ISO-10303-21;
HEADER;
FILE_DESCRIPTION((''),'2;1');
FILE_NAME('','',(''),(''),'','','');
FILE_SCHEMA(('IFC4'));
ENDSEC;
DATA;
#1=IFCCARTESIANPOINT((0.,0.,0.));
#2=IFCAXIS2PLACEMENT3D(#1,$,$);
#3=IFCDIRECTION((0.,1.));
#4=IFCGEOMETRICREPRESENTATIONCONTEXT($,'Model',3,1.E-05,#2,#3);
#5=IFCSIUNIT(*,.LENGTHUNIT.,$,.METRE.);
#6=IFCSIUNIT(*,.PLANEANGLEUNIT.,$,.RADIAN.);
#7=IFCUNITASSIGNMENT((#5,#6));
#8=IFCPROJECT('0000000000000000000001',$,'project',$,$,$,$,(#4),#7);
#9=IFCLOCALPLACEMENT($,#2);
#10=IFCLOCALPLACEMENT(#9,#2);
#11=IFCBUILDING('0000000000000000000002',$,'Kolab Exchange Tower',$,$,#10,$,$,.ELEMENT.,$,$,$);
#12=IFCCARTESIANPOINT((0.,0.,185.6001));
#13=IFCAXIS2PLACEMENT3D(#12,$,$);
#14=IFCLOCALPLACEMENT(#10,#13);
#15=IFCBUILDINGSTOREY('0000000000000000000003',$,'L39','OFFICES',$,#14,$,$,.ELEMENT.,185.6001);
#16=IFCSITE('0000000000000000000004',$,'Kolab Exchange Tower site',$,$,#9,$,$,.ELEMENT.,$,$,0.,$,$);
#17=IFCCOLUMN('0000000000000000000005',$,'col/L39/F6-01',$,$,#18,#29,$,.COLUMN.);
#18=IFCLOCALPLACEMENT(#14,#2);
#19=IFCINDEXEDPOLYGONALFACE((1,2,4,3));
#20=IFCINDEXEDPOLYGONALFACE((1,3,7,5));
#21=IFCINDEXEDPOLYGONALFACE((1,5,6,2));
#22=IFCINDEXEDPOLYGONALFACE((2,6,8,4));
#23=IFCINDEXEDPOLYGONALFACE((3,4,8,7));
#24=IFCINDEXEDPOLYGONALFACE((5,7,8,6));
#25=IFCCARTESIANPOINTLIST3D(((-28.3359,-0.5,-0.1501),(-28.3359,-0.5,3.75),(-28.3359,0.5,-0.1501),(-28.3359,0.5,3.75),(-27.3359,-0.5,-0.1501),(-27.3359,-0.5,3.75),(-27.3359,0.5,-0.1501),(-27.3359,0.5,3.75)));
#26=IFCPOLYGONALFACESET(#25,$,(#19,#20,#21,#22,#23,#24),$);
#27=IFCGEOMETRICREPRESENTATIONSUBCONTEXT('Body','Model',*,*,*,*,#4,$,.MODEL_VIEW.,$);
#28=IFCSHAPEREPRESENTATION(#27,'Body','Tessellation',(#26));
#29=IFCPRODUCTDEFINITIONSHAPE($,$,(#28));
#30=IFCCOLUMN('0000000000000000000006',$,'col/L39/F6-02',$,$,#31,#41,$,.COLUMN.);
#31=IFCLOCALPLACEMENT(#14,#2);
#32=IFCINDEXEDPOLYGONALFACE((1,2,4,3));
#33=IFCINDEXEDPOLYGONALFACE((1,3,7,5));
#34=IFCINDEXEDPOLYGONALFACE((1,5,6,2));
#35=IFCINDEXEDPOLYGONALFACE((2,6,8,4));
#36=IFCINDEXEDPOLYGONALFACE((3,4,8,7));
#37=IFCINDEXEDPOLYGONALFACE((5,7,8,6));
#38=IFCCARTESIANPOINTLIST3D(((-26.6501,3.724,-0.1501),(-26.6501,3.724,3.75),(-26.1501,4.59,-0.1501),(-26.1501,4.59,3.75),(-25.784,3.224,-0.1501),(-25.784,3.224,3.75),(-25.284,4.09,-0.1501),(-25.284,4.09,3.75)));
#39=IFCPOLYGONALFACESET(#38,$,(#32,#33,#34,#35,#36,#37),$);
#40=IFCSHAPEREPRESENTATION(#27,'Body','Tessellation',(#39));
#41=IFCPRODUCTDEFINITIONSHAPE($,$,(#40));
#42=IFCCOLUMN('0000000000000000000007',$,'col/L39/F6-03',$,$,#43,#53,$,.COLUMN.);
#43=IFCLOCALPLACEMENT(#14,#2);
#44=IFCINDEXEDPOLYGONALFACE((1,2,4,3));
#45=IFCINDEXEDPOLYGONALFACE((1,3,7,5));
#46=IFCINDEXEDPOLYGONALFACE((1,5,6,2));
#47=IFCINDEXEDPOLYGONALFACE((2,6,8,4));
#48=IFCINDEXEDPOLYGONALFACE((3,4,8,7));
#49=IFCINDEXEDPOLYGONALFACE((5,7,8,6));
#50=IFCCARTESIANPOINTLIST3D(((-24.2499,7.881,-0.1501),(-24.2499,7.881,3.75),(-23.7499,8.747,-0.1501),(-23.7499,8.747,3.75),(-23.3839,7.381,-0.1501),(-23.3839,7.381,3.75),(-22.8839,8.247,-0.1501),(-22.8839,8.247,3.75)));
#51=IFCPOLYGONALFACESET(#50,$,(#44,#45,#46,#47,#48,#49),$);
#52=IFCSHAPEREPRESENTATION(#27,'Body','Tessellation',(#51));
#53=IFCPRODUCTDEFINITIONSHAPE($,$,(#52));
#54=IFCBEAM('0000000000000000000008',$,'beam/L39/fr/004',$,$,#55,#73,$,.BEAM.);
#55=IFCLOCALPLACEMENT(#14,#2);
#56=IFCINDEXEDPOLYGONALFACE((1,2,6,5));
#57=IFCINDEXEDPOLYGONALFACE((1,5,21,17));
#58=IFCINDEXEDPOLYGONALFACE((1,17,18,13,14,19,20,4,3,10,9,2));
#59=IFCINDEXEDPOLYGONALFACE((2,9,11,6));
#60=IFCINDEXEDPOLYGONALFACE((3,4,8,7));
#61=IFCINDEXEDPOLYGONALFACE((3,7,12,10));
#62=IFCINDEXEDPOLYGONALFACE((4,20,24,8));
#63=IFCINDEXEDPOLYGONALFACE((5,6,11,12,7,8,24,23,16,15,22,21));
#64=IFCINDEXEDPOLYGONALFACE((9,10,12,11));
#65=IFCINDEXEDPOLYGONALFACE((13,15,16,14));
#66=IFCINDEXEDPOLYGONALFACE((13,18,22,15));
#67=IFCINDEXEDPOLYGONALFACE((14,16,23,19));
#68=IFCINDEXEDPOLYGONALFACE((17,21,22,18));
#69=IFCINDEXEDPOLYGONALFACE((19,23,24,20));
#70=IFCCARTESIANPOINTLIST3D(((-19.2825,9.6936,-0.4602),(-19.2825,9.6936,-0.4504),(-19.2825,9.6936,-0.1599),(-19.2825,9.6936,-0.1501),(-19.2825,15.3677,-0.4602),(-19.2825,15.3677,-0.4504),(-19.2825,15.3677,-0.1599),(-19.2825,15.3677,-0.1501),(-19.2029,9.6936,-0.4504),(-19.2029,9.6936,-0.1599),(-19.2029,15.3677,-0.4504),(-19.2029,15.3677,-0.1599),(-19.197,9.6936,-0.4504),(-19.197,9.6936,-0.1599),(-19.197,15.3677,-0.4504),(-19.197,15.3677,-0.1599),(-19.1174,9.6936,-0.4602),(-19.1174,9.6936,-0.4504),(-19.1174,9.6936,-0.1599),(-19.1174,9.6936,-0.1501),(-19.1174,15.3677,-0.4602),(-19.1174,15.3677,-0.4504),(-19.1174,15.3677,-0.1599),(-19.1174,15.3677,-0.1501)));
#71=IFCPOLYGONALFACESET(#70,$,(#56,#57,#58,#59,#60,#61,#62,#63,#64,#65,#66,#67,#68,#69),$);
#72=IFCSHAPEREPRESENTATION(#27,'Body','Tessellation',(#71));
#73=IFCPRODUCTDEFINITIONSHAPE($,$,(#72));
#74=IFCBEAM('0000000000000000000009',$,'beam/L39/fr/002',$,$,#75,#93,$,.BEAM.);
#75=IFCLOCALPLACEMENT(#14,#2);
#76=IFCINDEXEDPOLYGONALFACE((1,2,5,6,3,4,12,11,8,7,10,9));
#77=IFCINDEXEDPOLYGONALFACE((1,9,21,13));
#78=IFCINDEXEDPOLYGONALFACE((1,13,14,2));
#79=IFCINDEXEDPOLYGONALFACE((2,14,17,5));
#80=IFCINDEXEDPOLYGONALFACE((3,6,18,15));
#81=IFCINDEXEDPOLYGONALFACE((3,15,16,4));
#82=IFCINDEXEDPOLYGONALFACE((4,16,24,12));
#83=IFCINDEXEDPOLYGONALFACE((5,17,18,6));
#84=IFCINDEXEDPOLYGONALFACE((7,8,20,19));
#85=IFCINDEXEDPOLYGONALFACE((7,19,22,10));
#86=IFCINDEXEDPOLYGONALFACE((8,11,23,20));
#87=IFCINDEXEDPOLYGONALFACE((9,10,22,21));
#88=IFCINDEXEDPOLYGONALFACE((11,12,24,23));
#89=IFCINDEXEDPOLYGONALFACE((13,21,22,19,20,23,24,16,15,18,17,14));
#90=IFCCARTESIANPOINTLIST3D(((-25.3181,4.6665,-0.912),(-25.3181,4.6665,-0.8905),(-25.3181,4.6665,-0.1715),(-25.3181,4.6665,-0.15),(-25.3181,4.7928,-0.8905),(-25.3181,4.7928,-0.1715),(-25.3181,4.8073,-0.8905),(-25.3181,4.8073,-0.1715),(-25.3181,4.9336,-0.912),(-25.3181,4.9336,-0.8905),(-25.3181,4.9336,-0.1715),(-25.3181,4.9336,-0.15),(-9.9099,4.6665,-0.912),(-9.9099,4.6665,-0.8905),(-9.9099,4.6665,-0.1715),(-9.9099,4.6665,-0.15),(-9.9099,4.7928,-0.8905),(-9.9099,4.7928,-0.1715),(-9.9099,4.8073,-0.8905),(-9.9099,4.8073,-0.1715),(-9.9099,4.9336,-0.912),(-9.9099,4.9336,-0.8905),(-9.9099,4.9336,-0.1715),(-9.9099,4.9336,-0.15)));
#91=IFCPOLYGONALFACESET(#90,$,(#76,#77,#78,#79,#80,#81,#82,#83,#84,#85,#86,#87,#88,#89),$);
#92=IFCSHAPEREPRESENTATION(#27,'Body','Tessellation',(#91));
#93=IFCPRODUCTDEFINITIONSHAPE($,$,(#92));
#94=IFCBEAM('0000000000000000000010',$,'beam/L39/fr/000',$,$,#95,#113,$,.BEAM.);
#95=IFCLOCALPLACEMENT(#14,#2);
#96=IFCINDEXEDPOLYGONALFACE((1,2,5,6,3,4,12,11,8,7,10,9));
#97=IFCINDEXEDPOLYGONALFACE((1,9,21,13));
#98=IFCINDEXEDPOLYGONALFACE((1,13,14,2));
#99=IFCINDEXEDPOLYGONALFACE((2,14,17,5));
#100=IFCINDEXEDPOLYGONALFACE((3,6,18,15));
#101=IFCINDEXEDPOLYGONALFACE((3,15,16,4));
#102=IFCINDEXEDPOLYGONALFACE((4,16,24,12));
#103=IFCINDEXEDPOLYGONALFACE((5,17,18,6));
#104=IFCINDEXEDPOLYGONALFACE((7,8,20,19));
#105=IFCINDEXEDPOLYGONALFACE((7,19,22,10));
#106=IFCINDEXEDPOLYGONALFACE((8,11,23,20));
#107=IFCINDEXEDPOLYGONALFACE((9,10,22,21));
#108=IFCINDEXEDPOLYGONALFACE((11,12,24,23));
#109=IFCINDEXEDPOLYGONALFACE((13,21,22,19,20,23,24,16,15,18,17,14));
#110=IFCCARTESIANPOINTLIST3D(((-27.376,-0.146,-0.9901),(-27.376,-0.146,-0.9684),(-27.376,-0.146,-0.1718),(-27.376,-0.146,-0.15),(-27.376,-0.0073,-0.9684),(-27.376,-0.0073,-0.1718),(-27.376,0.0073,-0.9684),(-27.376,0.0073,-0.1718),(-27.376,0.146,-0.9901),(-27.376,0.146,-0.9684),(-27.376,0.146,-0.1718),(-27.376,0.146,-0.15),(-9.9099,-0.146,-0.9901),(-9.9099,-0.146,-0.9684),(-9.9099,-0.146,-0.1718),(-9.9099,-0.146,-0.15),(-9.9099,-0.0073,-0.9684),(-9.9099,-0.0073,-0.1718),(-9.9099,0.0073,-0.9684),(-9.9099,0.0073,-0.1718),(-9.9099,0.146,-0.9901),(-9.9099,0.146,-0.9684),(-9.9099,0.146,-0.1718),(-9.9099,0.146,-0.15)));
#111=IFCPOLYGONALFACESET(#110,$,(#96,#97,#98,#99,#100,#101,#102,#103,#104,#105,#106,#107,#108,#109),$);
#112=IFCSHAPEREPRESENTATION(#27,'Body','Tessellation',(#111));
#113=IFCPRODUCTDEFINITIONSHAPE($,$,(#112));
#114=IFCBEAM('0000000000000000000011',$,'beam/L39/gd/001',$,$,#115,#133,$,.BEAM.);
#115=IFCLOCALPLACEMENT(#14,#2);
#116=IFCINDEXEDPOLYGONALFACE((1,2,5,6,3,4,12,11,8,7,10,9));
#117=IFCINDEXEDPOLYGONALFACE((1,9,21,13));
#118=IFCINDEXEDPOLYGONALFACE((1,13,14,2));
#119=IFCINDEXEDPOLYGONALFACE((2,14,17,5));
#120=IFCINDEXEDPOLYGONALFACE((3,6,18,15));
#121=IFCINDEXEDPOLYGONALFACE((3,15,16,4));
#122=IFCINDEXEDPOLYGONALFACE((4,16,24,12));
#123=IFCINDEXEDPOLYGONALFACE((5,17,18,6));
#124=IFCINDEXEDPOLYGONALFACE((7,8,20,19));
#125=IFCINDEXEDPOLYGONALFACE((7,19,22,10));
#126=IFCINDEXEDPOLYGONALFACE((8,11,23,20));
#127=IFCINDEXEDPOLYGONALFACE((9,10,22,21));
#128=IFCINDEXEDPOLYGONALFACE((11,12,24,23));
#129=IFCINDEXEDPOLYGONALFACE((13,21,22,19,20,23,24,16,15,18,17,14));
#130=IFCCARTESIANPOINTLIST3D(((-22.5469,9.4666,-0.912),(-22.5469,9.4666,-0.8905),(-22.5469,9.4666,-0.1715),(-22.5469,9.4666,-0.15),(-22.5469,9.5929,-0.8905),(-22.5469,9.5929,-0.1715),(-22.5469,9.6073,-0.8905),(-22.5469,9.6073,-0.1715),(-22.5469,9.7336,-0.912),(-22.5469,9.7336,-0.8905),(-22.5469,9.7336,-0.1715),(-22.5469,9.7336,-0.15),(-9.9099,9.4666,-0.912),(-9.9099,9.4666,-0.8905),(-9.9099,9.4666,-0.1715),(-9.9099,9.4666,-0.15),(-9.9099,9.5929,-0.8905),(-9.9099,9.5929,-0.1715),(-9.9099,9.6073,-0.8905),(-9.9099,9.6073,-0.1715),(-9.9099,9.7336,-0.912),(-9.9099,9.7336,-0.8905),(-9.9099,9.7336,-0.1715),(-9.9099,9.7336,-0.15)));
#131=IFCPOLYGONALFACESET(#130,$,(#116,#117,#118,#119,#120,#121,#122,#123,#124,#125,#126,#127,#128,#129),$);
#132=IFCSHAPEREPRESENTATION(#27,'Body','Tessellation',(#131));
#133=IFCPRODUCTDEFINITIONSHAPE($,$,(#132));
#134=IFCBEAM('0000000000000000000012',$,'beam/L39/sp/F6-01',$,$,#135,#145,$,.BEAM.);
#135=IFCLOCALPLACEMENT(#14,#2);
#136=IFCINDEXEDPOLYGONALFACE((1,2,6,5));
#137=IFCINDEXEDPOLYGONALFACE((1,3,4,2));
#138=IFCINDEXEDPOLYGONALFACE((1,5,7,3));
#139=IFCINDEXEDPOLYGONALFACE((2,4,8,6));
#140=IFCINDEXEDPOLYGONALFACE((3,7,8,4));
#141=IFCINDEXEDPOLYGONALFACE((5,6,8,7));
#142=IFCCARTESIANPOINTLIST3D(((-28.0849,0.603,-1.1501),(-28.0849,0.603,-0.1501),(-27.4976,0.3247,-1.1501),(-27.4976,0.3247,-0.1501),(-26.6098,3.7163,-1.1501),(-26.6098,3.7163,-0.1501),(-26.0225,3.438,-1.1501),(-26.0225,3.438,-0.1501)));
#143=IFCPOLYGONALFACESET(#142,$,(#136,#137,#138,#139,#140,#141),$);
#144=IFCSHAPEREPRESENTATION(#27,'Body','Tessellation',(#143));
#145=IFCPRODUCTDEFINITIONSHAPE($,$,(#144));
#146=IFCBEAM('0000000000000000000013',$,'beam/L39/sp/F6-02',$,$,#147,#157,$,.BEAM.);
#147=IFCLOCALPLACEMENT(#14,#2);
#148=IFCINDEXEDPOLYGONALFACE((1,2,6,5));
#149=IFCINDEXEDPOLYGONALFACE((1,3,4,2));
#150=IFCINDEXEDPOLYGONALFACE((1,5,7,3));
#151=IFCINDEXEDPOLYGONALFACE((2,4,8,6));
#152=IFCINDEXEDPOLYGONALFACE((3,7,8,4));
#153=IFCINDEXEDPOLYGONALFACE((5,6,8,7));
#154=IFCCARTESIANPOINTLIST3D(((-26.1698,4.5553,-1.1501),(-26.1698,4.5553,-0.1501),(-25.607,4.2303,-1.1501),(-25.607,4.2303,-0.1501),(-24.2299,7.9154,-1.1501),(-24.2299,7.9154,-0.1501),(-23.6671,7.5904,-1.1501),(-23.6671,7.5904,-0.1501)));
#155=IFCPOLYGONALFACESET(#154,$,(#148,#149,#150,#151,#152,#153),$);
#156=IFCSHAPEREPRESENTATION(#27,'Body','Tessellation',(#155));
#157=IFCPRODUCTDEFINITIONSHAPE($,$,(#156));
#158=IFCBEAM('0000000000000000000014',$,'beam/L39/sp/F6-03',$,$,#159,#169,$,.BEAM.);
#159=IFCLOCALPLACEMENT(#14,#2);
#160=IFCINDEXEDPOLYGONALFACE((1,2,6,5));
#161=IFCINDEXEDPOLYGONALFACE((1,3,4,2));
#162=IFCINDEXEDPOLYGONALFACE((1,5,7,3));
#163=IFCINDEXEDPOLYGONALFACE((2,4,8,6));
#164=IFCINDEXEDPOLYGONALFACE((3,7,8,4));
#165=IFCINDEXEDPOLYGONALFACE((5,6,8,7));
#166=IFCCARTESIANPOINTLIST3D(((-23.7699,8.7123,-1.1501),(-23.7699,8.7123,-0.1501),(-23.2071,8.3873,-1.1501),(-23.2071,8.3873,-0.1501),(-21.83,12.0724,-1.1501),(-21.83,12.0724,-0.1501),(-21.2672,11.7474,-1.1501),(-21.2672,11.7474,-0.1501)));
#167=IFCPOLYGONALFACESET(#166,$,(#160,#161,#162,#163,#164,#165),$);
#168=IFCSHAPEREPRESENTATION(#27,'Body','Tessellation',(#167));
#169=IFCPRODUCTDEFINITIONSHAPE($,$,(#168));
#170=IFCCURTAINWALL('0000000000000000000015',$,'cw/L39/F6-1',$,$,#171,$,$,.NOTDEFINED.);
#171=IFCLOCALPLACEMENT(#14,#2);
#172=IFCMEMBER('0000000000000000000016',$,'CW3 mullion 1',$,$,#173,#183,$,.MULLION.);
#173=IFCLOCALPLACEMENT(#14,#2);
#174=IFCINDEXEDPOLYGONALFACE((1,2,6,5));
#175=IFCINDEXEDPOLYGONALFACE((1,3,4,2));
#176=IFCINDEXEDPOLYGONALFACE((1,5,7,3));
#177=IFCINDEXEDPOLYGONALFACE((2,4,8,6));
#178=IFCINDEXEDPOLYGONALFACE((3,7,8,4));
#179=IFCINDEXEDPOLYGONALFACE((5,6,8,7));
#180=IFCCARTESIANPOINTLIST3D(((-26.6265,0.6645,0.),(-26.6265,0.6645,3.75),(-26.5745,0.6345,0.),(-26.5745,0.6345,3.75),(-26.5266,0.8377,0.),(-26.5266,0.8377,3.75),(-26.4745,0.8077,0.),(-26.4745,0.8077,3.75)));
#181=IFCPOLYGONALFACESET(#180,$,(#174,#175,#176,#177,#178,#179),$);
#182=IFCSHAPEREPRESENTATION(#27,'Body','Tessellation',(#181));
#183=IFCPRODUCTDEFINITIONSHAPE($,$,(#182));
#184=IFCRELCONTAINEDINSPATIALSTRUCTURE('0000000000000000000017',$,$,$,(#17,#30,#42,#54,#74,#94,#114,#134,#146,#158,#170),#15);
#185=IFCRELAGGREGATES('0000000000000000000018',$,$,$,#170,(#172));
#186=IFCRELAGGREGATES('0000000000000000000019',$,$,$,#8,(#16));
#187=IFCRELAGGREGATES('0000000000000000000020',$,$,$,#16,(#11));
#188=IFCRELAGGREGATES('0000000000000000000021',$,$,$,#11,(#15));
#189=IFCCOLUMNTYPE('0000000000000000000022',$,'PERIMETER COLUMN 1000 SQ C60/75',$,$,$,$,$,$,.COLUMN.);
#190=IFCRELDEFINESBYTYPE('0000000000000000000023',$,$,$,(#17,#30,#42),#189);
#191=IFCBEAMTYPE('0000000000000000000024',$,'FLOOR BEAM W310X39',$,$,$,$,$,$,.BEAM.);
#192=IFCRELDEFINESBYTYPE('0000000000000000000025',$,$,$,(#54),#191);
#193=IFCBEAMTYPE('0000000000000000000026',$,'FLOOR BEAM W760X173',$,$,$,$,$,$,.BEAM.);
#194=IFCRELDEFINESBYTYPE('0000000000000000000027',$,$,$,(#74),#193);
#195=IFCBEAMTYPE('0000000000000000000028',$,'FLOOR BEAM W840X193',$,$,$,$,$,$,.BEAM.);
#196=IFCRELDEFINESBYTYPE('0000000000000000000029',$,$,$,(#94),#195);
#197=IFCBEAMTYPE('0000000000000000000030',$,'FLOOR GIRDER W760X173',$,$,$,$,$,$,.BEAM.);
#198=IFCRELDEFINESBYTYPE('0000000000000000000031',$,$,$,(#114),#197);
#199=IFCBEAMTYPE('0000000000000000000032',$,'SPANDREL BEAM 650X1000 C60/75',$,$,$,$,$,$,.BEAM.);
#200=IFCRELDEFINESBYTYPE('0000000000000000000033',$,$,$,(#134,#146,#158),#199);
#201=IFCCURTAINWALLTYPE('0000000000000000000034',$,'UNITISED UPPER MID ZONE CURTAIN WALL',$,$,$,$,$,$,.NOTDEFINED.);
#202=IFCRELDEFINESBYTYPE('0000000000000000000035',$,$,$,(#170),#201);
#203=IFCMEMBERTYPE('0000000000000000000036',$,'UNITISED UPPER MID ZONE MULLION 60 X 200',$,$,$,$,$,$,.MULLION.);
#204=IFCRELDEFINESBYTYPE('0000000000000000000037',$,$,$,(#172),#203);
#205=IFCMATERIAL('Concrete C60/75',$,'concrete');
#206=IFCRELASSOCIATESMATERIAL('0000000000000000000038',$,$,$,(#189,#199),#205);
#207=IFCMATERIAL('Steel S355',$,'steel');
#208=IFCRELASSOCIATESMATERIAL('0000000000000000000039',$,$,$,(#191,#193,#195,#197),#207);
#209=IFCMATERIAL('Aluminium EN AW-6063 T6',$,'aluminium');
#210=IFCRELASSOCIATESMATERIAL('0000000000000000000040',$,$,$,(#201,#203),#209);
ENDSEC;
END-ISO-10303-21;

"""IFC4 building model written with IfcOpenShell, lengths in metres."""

from ifc_helpers import new_model, si_unit, direction, frame, origin, origin_2d, place, context, subcontext, project, spatial, rectangle, i_section, extrude, material, material_profile, profile_set, type_object, element, aggregate, save


model = new_model("IFC4")

# Units and contexts
model_context = context("Model", 3, precision=1e-05, world=origin(), true_north=direction((0.0, 1.0)))
body_context = subcontext(model_context, "Body", "Model", "MODEL_VIEW")
ifc_project = project(units=[si_unit("LENGTHUNIT", "METRE"), si_unit("PLANEANGLEUNIT", "RADIAN")], contexts=[model_context])

# Site, building, storey
site_placement = place(None, origin())
site = spatial("IfcSite", under=ifc_project, at=site_placement, Name="Kolab Exchange Tower site", CompositionType="ELEMENT", RefElevation=0.0)
building_placement = place(site_placement, origin())
building = spatial("IfcBuilding", under=site, at=building_placement, Name="Kolab Exchange Tower", CompositionType="ELEMENT")
storey_placement = place(building_placement, frame((0.0, 0.0, 185.6001)))
storey = spatial("IfcBuildingStorey", under=building, at=storey_placement, Name="L39", Description="OFFICES", CompositionType="ELEMENT", Elevation=185.6001)

# Columns
ifc_material_1 = material(Name="Concrete C60/75", Category="concrete")
ifc_material_profile_1 = material_profile(ifc_material_1, rectangle(XDim=1.0, YDim=1.0, at=origin_2d()), Name="RC1000")
ifc_profile_set_1 = profile_set([ifc_material_profile_1], Name="Concrete C60/75")
column_type = type_object("IfcColumnType", Name="PERIMETER COLUMN 1000 SQ C60/75", PredefinedType="COLUMN", material=ifc_profile_set_1)
for number, where, z_axis, x_axis, name in (
    (1, (-27.8359, 0.0, -0.1501), (0.0, 0.0, 1.0), (1.0, 0.0, 0.0), "col/L39/F6-01"),
    (2, (-25.967, 3.907, -0.1501), (0.0, 0.0, 1.0), (0.5, 0.866025, 0.0), "col/L39/F6-02"),
    (3, (-23.5669, 8.064, -0.1501), (0.0, 0.0, 1.0), (0.5, 0.866025, 0.0), "col/L39/F6-03"),
):
    element("IfcColumn", number, at=place(storey_placement, frame(where, z_axis=z_axis, x_axis=x_axis)), inside=storey, type_object=column_type, Name=name, PredefinedType="COLUMN", context=body_context, shape_type="SweptSolid", body=[
        extrude(rectangle(XDim=1.0, YDim=1.0, at=origin_2d()), origin(), (0.0, 0.0, 1.0), 3.9001),
    ])

# Beams
ifc_material_2 = material(Name="Steel S355", Category="steel")
ifc_material_profile_2 = material_profile(ifc_material_2, i_section(OverallWidth=0.165, OverallDepth=0.3101, WebThickness=0.0059, FlangeThickness=0.0098, at=origin_2d()), Name="W310X39")
ifc_profile_set_2 = profile_set([ifc_material_profile_2], Name="Steel S355")
beam_type_1 = type_object("IfcBeamType", Name="FLOOR BEAM W310X39", PredefinedType="BEAM", material=ifc_profile_set_2)
beam_1_placement = place(storey_placement, frame((-19.2, 9.6936, -0.3052), z_axis=(0.0, 1.0, 0.0), x_axis=(-1.0, 0.0, 0.0)))
element("IfcBeam", 4, at=beam_1_placement, inside=storey, type_object=beam_type_1, Name="beam/L39/fr/004", PredefinedType="BEAM", context=body_context, shape_type="SweptSolid", body=[
    extrude(i_section(OverallWidth=0.165, OverallDepth=0.3101, WebThickness=0.0059, FlangeThickness=0.0098, at=origin_2d()), origin(), (0.0, 0.0, 1.0), 5.6741),
])
ifc_material_profile_3 = material_profile(ifc_material_2, i_section(OverallWidth=0.2671, OverallDepth=0.762, WebThickness=0.0144, FlangeThickness=0.0215, at=origin_2d()), Name="W760X173")
ifc_profile_set_3 = profile_set([ifc_material_profile_3], Name="Steel S355")
beam_type_2 = type_object("IfcBeamType", Name="FLOOR BEAM W760X173", PredefinedType="BEAM", material=ifc_profile_set_3)
beam_2_placement = place(storey_placement, frame((-25.3181, 4.8, -0.531), z_axis=(1.0, 0.0, 0.0), x_axis=(0.0, 1.0, 0.0)))
element("IfcBeam", 5, at=beam_2_placement, inside=storey, type_object=beam_type_2, Name="beam/L39/fr/002", PredefinedType="BEAM", context=body_context, shape_type="SweptSolid", body=[
    extrude(i_section(OverallWidth=0.2671, OverallDepth=0.762, WebThickness=0.0144, FlangeThickness=0.0215, at=origin_2d()), origin(), (0.0, 0.0, 1.0), 15.4082),
])
ifc_material_profile_4 = material_profile(ifc_material_2, i_section(OverallWidth=0.292, OverallDepth=0.8401, WebThickness=0.0146, FlangeThickness=0.0217, at=origin_2d()), Name="W840X193")
ifc_profile_set_4 = profile_set([ifc_material_profile_4], Name="Steel S355")
beam_type_3 = type_object("IfcBeamType", Name="FLOOR BEAM W840X193", PredefinedType="BEAM", material=ifc_profile_set_4)
beam_3_placement = place(storey_placement, frame((-27.376, 0.0, -0.5701), z_axis=(1.0, 0.0, 0.0), x_axis=(0.0, 1.0, 0.0)))
element("IfcBeam", 6, at=beam_3_placement, inside=storey, type_object=beam_type_3, Name="beam/L39/fr/000", PredefinedType="BEAM", context=body_context, shape_type="SweptSolid", body=[
    extrude(i_section(OverallWidth=0.292, OverallDepth=0.8401, WebThickness=0.0146, FlangeThickness=0.0217, at=origin_2d()), origin(), (0.0, 0.0, 1.0), 17.4661),
])
ifc_material_profile_5 = material_profile(ifc_material_2, i_section(OverallWidth=0.2671, OverallDepth=0.762, WebThickness=0.0144, FlangeThickness=0.0215, at=origin_2d()), Name="W760X173")
ifc_profile_set_5 = profile_set([ifc_material_profile_5], Name="Steel S355")
beam_type_4 = type_object("IfcBeamType", Name="FLOOR GIRDER W760X173", PredefinedType="BEAM", material=ifc_profile_set_5)
beam_4_placement = place(storey_placement, frame((-22.5469, 9.6001, -0.531), z_axis=(1.0, 0.0, 0.0), x_axis=(0.0, 1.0, 0.0)))
element("IfcBeam", 7, at=beam_4_placement, inside=storey, type_object=beam_type_4, Name="beam/L39/gd/001", PredefinedType="BEAM", context=body_context, shape_type="SweptSolid", body=[
    extrude(i_section(OverallWidth=0.2671, OverallDepth=0.762, WebThickness=0.0144, FlangeThickness=0.0215, at=origin_2d()), origin(), (0.0, 0.0, 1.0), 12.637),
])
ifc_material_profile_6 = material_profile(ifc_material_1, rectangle(XDim=0.6499, YDim=1.0, at=origin_2d()), Name="RC650X1000")
ifc_profile_set_6 = profile_set([ifc_material_profile_6], Name="Concrete C60/75")
beam_type_5 = type_object("IfcBeamType", Name="SPANDREL BEAM 650X1000 C60/75", PredefinedType="BEAM", material=ifc_profile_set_6)
beam_5_placement = place(storey_placement, frame((-27.7913, 0.4639, -0.6501), z_axis=(0.428178, 0.903695, 0.0), x_axis=(-0.903695, 0.428178, 0.0)))
element("IfcBeam", 8, at=beam_5_placement, inside=storey, type_object=beam_type_5, Name="beam/L39/sp/F6-01", PredefinedType="BEAM", context=body_context, shape_type="SweptSolid", body=[
    extrude(rectangle(XDim=0.6499, YDim=1.0, at=origin_2d()), origin(), (0.0, 0.0, 1.0), 3.4451),
])
for number, where, z_axis, x_axis, name in (
    (9, (-25.8884, 4.3928, -0.6501), (0.499997, 0.866027, 0.0), (-0.866027, 0.499997, 0.0), "beam/L39/sp/F6-02"),
    (10, (-23.4885, 8.5498, -0.6501), (0.499997, 0.866027, 0.0), (-0.866027, 0.499997, 0.0), "beam/L39/sp/F6-03"),
):
    element("IfcBeam", number, at=place(storey_placement, frame(where, z_axis=z_axis, x_axis=x_axis)), inside=storey, type_object=beam_type_5, Name=name, PredefinedType="BEAM", context=body_context, shape_type="SweptSolid", body=[
        extrude(rectangle(XDim=0.6499, YDim=1.0, at=origin_2d()), origin(), (0.0, 0.0, 1.0), 3.8799),
    ])

# Curtain wall, member
ifc_material_3 = material(Name="Aluminium EN AW-6063 T6", Category="aluminium")
curtain_wall_type = type_object("IfcCurtainWallType", Name="UNITISED UPPER MID ZONE CURTAIN WALL", PredefinedType="NOTDEFINED", material=ifc_material_3)
curtain_wall_1_placement = place(storey_placement, origin())
curtain_wall_1 = element("IfcCurtainWall", 11, at=curtain_wall_1_placement, inside=storey, type_object=curtain_wall_type, Name="cw/L39/F6-1", PredefinedType="NOTDEFINED")
ifc_material_profile_7 = material_profile(ifc_material_3, rectangle(XDim=0.0601, YDim=0.2, at=origin_2d()), Name="RECT 60X200")
ifc_profile_set_7 = profile_set([ifc_material_profile_7], Name="Aluminium EN AW-6063 T6")
member_type_1 = type_object("IfcMemberType", Name="UNITISED UPPER MID ZONE MULLION 60 X 200", PredefinedType="MULLION", material=ifc_profile_set_7)
member_1_placement = place(storey_placement, frame((-26.5505, 0.7361, 0.0), z_axis=(0.0, 0.0, 1.0), x_axis=(-0.866025, 0.5, 0.0)))
member_1 = element("IfcMember", 12, at=member_1_placement, type_object=member_type_1, Name="CW3 mullion 1", PredefinedType="MULLION", context=body_context, shape_type="SweptSolid", body=[
    extrude(rectangle(XDim=0.0601, YDim=0.2, at=origin_2d()), origin(), (0.0, 0.0, 1.0), 3.75),
])

aggregate(curtain_wall_1, [member_1])

save(model, "model.ifc")
